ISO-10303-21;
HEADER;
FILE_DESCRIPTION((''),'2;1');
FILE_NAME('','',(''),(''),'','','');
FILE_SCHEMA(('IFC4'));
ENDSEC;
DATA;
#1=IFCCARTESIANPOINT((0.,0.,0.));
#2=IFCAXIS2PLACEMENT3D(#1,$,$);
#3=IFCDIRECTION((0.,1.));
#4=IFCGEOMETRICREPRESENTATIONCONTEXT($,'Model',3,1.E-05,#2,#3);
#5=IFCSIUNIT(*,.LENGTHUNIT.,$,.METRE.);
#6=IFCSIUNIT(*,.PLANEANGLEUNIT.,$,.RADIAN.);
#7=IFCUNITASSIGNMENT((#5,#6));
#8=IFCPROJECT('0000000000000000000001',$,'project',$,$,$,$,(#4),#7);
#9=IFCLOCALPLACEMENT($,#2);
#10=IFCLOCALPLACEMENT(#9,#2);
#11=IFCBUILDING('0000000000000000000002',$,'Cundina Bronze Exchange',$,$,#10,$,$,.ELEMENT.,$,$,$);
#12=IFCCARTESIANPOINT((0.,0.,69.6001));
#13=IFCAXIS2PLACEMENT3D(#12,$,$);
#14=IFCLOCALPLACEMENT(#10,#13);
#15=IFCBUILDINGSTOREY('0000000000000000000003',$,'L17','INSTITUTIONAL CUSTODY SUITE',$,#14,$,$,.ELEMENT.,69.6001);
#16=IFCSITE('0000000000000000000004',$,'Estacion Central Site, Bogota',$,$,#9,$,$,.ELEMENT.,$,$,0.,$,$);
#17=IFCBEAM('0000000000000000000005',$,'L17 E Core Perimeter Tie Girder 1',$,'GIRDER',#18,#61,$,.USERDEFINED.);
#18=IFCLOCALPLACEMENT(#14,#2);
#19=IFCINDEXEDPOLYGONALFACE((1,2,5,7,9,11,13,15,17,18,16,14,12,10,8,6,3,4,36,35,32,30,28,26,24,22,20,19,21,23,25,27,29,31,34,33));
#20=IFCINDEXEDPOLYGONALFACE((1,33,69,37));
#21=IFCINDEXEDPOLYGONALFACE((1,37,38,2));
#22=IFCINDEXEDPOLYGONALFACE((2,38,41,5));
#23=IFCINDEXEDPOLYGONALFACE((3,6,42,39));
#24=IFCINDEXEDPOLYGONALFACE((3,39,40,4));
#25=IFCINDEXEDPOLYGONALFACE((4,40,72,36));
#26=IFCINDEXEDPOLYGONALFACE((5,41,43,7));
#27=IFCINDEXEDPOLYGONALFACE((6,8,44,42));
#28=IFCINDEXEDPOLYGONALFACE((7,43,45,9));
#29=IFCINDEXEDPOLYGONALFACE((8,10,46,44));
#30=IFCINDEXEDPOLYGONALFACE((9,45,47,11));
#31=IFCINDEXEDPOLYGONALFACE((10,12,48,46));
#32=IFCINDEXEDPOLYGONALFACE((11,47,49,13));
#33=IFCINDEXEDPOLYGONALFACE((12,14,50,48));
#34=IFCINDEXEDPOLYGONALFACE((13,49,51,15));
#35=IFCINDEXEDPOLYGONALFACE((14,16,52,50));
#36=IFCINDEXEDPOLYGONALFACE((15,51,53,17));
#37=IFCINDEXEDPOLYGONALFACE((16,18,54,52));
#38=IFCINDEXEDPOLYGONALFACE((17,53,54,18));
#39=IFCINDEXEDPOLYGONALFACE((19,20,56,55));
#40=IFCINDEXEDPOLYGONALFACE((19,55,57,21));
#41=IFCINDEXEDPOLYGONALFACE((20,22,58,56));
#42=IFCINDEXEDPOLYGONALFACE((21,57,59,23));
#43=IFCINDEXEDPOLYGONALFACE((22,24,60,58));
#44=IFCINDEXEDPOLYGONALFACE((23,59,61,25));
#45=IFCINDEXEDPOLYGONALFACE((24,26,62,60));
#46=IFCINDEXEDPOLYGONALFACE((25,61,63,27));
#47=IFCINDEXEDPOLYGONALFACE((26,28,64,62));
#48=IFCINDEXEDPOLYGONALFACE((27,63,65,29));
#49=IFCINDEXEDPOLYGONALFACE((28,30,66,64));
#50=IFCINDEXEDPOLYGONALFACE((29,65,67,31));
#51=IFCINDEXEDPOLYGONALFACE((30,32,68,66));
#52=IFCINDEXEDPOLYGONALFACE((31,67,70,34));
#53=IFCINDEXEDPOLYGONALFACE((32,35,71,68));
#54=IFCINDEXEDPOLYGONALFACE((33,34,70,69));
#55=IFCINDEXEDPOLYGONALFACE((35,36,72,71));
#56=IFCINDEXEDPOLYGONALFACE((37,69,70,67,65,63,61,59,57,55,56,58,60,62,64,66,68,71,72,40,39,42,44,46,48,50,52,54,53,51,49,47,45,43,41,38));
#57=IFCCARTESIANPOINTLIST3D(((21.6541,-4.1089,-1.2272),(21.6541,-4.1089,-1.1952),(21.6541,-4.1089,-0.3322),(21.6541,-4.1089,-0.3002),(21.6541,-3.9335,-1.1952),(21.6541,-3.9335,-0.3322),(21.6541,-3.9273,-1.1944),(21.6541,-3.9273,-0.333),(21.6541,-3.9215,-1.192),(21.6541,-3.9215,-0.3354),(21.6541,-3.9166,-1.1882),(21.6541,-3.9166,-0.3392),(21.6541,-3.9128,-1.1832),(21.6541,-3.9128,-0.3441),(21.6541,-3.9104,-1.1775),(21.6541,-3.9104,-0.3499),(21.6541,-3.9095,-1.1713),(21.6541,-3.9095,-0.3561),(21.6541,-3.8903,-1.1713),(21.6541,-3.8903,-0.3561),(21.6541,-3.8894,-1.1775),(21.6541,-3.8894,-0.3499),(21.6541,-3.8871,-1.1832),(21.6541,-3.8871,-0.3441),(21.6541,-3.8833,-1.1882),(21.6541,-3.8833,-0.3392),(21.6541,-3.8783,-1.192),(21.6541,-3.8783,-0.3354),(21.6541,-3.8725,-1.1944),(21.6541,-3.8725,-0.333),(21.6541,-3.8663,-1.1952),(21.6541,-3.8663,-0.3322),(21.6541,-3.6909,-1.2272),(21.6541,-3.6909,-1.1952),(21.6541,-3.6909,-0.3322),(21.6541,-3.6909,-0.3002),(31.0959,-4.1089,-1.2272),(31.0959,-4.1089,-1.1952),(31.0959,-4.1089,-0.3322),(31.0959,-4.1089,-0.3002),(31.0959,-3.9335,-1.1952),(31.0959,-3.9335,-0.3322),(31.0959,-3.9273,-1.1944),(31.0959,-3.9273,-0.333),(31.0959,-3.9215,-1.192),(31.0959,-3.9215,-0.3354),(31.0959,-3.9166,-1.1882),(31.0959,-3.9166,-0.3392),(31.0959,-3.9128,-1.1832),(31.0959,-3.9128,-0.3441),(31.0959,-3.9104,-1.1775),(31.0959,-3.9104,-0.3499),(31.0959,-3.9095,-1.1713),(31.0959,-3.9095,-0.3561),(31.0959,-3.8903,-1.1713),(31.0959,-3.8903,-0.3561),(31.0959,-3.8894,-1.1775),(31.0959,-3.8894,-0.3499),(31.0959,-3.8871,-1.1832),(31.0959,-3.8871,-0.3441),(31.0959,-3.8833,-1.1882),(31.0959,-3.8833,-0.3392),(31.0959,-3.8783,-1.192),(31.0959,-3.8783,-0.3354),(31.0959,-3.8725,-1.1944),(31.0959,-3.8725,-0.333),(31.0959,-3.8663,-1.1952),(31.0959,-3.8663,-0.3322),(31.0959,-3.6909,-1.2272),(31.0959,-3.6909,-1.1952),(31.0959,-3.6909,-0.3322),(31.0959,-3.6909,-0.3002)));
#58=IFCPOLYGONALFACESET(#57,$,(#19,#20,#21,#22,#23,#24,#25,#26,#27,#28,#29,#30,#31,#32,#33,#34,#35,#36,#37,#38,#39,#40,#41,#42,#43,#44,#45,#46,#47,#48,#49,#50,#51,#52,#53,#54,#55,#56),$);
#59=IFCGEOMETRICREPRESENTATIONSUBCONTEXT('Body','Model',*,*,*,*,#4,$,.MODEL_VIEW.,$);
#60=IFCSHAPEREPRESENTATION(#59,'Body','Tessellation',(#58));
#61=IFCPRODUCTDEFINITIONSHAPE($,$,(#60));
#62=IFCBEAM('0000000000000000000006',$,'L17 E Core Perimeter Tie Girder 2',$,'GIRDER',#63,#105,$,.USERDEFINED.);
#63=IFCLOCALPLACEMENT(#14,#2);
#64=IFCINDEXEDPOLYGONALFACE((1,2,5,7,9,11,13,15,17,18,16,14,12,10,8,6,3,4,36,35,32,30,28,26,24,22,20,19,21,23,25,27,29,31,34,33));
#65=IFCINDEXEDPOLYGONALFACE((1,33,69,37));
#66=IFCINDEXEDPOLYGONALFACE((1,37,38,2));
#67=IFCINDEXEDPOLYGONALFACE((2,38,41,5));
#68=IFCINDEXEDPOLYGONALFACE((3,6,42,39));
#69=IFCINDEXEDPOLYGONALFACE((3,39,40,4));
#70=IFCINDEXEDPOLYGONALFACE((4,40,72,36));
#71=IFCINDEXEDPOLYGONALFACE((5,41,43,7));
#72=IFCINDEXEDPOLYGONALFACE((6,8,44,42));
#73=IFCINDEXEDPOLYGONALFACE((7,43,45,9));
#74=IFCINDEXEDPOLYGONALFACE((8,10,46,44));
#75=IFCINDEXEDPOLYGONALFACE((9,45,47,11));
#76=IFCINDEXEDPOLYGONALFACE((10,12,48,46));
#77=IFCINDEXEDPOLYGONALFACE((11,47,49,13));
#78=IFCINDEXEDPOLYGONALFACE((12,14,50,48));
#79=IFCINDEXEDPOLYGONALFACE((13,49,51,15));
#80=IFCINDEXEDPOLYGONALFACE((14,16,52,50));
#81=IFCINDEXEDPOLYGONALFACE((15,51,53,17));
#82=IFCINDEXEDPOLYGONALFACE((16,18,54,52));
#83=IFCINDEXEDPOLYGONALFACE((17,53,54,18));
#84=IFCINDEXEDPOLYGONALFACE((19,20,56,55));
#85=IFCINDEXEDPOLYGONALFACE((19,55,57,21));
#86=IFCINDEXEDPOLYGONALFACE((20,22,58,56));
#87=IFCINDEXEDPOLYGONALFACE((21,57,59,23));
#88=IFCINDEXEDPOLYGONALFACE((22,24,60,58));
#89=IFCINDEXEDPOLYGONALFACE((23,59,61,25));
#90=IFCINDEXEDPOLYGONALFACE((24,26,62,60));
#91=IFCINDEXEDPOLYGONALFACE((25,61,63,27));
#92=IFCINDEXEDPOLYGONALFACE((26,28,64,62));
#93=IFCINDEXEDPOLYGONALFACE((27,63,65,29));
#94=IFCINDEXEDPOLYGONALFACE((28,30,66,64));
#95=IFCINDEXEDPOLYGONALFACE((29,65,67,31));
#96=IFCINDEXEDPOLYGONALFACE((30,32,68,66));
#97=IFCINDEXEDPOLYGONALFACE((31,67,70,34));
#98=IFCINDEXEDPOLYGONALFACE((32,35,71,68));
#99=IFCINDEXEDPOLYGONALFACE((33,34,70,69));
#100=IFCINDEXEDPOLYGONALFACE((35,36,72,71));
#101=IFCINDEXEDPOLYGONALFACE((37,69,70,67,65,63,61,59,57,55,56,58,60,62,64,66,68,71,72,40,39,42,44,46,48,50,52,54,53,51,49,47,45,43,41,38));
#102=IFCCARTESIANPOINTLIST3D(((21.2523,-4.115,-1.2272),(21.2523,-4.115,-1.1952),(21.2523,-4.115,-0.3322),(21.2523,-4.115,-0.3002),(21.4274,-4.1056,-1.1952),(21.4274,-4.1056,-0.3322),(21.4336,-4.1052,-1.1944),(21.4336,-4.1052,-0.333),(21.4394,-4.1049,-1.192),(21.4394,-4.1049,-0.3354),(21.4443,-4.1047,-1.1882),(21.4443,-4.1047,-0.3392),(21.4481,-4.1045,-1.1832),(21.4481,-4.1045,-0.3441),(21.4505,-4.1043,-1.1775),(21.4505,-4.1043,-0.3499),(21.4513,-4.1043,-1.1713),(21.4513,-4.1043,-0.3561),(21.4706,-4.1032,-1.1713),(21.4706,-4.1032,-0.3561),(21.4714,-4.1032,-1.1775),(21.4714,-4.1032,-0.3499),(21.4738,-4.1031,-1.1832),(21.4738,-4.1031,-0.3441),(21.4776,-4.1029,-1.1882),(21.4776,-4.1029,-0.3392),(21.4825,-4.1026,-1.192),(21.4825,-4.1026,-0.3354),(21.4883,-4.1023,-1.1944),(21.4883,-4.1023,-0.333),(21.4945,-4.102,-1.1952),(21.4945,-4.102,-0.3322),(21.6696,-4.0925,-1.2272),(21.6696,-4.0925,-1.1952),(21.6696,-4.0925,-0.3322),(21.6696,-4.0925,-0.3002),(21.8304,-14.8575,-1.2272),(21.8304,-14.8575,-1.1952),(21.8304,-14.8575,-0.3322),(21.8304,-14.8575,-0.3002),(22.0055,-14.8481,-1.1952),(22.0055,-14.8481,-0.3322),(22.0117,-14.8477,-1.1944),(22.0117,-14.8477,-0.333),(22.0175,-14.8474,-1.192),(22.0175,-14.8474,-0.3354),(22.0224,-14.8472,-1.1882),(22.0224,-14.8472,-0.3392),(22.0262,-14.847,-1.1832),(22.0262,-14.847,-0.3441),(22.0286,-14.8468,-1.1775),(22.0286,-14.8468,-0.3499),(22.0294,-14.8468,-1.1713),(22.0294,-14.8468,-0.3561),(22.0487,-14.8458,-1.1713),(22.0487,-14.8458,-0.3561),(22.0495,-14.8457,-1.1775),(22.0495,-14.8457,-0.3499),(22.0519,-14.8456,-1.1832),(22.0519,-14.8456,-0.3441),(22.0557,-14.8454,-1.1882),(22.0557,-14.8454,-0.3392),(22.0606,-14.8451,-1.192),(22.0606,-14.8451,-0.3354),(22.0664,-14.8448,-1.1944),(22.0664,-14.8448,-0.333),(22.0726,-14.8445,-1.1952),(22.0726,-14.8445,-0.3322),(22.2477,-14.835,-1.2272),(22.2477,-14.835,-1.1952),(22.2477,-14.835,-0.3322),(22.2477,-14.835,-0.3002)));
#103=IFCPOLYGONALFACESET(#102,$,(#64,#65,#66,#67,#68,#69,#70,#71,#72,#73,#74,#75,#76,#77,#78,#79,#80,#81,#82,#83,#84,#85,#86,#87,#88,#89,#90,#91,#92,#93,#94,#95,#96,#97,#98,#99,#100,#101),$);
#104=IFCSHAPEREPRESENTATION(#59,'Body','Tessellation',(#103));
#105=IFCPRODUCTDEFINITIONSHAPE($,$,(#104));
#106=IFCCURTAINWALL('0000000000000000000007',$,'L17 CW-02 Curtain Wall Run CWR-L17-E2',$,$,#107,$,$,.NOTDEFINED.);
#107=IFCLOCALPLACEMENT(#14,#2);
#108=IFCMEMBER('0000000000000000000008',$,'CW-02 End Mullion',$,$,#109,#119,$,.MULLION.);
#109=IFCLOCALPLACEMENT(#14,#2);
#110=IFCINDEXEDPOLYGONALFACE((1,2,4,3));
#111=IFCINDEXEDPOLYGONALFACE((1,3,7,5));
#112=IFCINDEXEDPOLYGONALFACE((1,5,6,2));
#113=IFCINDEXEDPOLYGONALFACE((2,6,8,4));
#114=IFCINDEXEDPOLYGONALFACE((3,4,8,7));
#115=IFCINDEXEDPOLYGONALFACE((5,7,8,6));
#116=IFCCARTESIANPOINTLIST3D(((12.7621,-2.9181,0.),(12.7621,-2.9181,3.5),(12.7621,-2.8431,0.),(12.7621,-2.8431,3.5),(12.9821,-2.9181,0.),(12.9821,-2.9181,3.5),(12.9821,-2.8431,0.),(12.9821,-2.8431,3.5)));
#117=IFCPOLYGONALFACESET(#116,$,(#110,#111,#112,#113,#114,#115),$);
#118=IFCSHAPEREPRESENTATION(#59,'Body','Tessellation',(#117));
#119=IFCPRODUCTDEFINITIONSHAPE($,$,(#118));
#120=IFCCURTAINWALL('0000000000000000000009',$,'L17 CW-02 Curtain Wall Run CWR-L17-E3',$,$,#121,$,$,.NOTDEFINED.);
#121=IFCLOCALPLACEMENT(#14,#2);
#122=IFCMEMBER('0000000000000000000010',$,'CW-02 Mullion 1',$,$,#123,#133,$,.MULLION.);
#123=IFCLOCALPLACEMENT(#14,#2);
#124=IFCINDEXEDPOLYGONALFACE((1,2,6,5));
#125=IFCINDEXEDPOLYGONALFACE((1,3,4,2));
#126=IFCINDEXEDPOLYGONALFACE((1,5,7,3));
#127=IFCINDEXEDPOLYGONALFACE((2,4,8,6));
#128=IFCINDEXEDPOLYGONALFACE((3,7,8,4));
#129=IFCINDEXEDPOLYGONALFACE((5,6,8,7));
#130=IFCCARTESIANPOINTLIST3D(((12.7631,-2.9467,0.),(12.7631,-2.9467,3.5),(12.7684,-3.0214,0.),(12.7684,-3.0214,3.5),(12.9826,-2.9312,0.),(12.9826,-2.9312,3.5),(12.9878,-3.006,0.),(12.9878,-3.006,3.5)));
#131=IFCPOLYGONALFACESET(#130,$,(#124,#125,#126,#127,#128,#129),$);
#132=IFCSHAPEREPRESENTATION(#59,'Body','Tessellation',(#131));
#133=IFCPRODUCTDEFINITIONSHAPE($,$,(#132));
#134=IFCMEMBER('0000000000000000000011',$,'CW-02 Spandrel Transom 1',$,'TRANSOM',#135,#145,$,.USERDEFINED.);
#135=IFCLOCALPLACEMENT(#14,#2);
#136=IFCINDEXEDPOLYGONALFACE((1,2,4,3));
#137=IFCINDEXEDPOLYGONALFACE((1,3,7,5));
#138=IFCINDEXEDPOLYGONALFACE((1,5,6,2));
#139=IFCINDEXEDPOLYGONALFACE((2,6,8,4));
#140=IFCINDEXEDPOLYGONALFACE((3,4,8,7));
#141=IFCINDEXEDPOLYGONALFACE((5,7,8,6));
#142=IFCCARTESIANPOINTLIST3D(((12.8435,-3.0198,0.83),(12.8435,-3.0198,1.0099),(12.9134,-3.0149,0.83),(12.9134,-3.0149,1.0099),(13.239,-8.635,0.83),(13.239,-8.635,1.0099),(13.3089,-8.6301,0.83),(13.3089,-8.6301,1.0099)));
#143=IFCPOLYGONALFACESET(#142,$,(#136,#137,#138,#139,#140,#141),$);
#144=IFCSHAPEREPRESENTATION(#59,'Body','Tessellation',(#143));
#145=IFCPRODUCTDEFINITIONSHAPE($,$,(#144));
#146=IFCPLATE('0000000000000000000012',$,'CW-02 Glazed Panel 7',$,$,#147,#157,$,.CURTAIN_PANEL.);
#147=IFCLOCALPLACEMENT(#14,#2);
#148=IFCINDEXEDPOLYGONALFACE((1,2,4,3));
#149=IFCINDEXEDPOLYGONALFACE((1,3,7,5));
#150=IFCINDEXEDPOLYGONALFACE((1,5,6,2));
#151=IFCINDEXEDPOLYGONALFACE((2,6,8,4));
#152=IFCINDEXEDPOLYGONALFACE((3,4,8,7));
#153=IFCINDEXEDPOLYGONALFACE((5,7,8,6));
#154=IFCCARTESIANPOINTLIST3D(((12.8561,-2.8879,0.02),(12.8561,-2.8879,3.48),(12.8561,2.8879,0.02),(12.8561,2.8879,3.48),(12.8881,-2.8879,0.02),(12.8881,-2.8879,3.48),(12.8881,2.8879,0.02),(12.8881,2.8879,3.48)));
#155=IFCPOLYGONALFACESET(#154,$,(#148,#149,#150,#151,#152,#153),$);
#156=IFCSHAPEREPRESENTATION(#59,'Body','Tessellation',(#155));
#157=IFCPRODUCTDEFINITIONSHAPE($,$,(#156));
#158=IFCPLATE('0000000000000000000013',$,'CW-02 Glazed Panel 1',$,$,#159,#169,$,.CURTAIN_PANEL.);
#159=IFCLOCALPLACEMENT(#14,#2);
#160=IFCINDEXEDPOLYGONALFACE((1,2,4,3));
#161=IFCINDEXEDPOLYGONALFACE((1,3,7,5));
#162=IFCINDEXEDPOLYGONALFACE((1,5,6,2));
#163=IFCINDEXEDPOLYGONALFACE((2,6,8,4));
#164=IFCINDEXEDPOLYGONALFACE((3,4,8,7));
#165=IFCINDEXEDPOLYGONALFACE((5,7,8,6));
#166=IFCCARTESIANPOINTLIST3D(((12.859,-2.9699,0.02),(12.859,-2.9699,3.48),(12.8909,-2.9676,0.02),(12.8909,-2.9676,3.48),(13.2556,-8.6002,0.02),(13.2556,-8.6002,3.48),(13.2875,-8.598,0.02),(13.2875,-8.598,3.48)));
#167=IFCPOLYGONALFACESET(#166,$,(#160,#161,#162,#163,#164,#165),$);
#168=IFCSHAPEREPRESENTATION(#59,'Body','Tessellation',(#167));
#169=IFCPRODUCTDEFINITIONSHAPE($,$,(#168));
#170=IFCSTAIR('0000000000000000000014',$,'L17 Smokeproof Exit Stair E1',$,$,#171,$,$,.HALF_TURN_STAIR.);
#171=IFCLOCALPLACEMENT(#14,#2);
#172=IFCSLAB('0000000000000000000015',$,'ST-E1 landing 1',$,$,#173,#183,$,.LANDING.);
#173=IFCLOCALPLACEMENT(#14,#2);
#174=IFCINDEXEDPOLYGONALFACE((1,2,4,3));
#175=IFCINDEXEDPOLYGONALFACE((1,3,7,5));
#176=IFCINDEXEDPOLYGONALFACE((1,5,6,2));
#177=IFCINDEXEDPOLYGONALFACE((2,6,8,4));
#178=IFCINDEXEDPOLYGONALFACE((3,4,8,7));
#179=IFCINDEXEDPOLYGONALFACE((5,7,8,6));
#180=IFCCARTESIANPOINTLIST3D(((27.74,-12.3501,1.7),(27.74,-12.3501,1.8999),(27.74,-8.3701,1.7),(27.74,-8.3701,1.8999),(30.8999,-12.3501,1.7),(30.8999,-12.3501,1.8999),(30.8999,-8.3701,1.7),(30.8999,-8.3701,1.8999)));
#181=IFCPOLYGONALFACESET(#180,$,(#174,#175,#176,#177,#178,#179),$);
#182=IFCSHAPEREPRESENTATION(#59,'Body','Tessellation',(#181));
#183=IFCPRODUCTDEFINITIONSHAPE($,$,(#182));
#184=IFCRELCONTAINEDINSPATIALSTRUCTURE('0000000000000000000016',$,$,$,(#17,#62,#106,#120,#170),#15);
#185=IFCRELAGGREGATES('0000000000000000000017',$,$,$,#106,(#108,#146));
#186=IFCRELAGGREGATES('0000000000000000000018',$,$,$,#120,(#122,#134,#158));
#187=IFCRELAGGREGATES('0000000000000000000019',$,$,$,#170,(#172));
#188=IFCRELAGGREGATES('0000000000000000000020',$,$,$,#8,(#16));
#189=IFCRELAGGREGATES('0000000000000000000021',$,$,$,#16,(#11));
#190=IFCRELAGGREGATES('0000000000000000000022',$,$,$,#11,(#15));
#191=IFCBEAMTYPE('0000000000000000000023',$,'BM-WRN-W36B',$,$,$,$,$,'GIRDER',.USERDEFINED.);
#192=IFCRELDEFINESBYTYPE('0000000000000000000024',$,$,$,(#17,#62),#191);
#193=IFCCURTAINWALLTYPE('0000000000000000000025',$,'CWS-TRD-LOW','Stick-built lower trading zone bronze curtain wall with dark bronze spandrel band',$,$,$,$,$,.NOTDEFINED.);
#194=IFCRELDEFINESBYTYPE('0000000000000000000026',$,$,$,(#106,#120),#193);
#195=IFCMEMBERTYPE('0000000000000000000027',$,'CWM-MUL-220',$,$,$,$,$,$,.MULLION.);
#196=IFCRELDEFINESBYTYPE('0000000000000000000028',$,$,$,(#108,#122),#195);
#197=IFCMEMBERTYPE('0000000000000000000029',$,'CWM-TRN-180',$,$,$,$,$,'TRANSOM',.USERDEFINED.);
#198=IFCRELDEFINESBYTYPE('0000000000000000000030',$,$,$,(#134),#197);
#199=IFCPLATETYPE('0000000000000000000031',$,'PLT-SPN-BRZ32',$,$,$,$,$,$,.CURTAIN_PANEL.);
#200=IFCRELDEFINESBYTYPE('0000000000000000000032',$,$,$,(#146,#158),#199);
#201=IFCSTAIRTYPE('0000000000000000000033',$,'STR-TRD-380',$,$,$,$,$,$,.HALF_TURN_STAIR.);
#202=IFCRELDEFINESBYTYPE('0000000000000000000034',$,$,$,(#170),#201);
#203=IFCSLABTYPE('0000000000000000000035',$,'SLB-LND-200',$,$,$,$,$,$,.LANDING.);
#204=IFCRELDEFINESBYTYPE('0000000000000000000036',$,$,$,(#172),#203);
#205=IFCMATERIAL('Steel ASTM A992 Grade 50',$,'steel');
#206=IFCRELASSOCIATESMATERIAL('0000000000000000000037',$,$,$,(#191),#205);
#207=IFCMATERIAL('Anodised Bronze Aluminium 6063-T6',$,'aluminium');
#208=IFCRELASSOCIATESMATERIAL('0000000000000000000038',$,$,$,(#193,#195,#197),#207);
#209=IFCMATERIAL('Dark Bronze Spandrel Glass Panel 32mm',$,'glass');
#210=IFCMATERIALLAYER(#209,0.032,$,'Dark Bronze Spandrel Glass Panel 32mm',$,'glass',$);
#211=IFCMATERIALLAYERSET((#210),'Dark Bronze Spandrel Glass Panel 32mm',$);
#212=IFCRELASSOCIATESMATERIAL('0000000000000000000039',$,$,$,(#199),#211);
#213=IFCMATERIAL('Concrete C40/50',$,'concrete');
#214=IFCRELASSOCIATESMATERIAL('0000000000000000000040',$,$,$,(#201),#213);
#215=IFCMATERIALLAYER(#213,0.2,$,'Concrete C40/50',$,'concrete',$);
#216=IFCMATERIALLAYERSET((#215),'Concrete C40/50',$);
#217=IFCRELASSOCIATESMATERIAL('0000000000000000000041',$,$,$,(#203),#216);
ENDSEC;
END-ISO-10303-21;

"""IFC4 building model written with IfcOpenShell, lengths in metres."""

from ifc_helpers import new_model, si_unit, direction, frame, origin, origin_2d, place, context, subcontext, project, spatial, polyline, rectangle, i_section, outline, extrude, material, layer, layer_set, material_profile, profile_set, type_object, element, aggregate, save


model = new_model("IFC4")

# Units and contexts
model_context = context("Model", 3, precision=1e-05, world=origin(), true_north=direction((0.0, 1.0)))
body_context = subcontext(model_context, "Body", "Model", "MODEL_VIEW")
ifc_project = project(units=[si_unit("LENGTHUNIT", "METRE"), si_unit("PLANEANGLEUNIT", "RADIAN")], contexts=[model_context])

# Site, building, storey
site_placement = place(None, origin())
site = spatial("IfcSite", under=ifc_project, at=site_placement, Name="Estacion Central Site, Bogota", CompositionType="ELEMENT", RefElevation=0.0)
building_placement = place(site_placement, origin())
building = spatial("IfcBuilding", under=site, at=building_placement, Name="Cundina Bronze Exchange", CompositionType="ELEMENT")
storey_placement = place(building_placement, frame((0.0, 0.0, 69.6001)))
storey = spatial("IfcBuildingStorey", under=building, at=storey_placement, Name="L17", Description="INSTITUTIONAL CUSTODY SUITE", CompositionType="ELEMENT", Elevation=69.6001)

# Shared definitions
ifc_material_1 = material(Name="Steel ASTM A992 Grade 50", Category="steel")

# Beams
ifc_material_profile_1 = material_profile(ifc_material_1, i_section(OverallWidth=0.418, OverallDepth=0.927, WebThickness=0.0193, FlangeThickness=0.032, FilletRadius=0.0239, at=origin_2d()), Name="W36X231", Category="steel")
ifc_profile_set_1 = profile_set([ifc_material_profile_1], Name="Steel ASTM A992 Grade 50")
beam_type_1 = type_object("IfcBeamType", Name="BM-WRN-W36B", ElementType="GIRDER", PredefinedType="USERDEFINED", material=ifc_profile_set_1)
beam_1_placement = place(storey_placement, frame((31.0959, -3.8999, -0.7637), z_axis=(-1.0, 0.0, 0.0), x_axis=(0.0, -1.0, 0.0)))
element("IfcBeam", 1, at=beam_1_placement, inside=storey, type_object=beam_type_1, Name="L17 E Core Perimeter Tie Girder 1", ObjectType="GIRDER", PredefinedType="USERDEFINED", context=body_context, shape_type="SweptSolid", body=[
    extrude(i_section(OverallWidth=0.418, OverallDepth=0.927, WebThickness=0.0193, FlangeThickness=0.032, FilletRadius=0.0239, at=origin_2d()), origin(), (0.0, 0.0, 1.0), 9.4419),
])
beam_2_placement = place(storey_placement, frame((21.4609, -4.1038, -0.7637), z_axis=(0.053739, -0.998555, 0.0), x_axis=(0.998555, 0.053739, 0.0)))
element("IfcBeam", 2, at=beam_2_placement, inside=storey, type_object=beam_type_1, Name="L17 E Core Perimeter Tie Girder 2", ObjectType="GIRDER", PredefinedType="USERDEFINED", context=body_context, shape_type="SweptSolid", body=[
    extrude(i_section(OverallWidth=0.418, OverallDepth=0.927, WebThickness=0.0193, FlangeThickness=0.032, FilletRadius=0.0239, at=origin_2d()), origin(), (0.0, 0.0, 1.0), 10.7581),
])

# Curtain wall, member
ifc_material_2 = material(Name="Anodised Bronze Aluminium 6063-T6", Category="aluminium")
curtain_wall_type = type_object("IfcCurtainWallType", Name="CWS-TRD-LOW", Description="Stick-built lower trading zone bronze curtain wall with dark bronze spandrel band", PredefinedType="NOTDEFINED", material=ifc_material_2)
curtain_wall_1_placement = place(storey_placement, origin())
curtain_wall_1 = element("IfcCurtainWall", 3, at=curtain_wall_1_placement, inside=storey, type_object=curtain_wall_type, Name="L17 CW-02 Curtain Wall Run CWR-L17-E2", PredefinedType="NOTDEFINED")
ifc_material_profile_2 = material_profile(ifc_material_2, rectangle(XDim=0.075, YDim=0.22, at=origin_2d()), Name="AL75X220", Category="aluminium")
ifc_profile_set_2 = profile_set([ifc_material_profile_2], Name="Anodised Bronze Aluminium 6063-T6")
member_type_1 = type_object("IfcMemberType", Name="CWM-MUL-220", PredefinedType="MULLION", material=ifc_profile_set_2)
member_1_placement = place(storey_placement, frame((12.8721, -2.8806, 0.0), z_axis=(0.0, 0.0, 1.0), x_axis=(0.0, -1.0, 0.0)))
member_1 = element("IfcMember", 4, at=member_1_placement, type_object=member_type_1, Name="CW-02 End Mullion", PredefinedType="MULLION", context=body_context, shape_type="SweptSolid", body=[
    extrude(rectangle(XDim=0.075, YDim=0.22, at=origin_2d()), origin(), (0.0, 0.0, 1.0), 3.5),
])

# Curtain wall, members
curtain_wall_2_placement = place(storey_placement, origin())
curtain_wall_2 = element("IfcCurtainWall", 5, at=curtain_wall_2_placement, inside=storey, type_object=curtain_wall_type, Name="L17 CW-02 Curtain Wall Run CWR-L17-E3", PredefinedType="NOTDEFINED")
member_2_placement = place(storey_placement, frame((12.8755, -2.9763, 0.0), z_axis=(0.0, 0.0, 1.0), x_axis=(0.070279, -0.997527, 0.0)))
member_2 = element("IfcMember", 6, at=member_2_placement, type_object=member_type_1, Name="CW-02 Mullion 1", PredefinedType="MULLION", context=body_context, shape_type="SweptSolid", body=[
    extrude(rectangle(XDim=0.075, YDim=0.22, at=origin_2d()), origin(), (0.0, 0.0, 1.0), 3.5),
])
ifc_material_profile_3 = material_profile(ifc_material_2, rectangle(XDim=0.0701, YDim=0.1799, at=origin_2d()), Name="AL70X180", Category="aluminium")
ifc_profile_set_3 = profile_set([ifc_material_profile_3], Name="Anodised Bronze Aluminium 6063-T6")
member_type_2 = type_object("IfcMemberType", Name="CWM-TRN-180", ElementType="TRANSOM", PredefinedType="USERDEFINED", material=ifc_profile_set_3)
member_3_placement = place(storey_placement, frame((12.8784, -3.0173, 0.9199), z_axis=(0.070261, -0.997529, 0.0), x_axis=(0.997529, 0.070261, 0.0)))
member_3 = element("IfcMember", 7, at=member_3_placement, type_object=member_type_2, Name="CW-02 Spandrel Transom 1", ObjectType="TRANSOM", PredefinedType="USERDEFINED", context=body_context, shape_type="SweptSolid", body=[
    extrude(rectangle(XDim=0.0701, YDim=0.1799, at=origin_2d()), origin(), (0.0, 0.0, 1.0), 5.6292),
])

# Plates
ifc_material_3 = material(Name="Dark Bronze Spandrel Glass Panel 32mm", Category="glass")
ifc_layer_1 = layer(ifc_material_3, 0.032, Name="Dark Bronze Spandrel Glass Panel 32mm", Category="glass")
ifc_layer_set_1 = layer_set([ifc_layer_1], Name="Dark Bronze Spandrel Glass Panel 32mm")
plate_type = type_object("IfcPlateType", Name="PLT-SPN-BRZ32", PredefinedType="CURTAIN_PANEL", material=ifc_layer_set_1)
plate_1_placement = place(storey_placement, frame((12.8721, 0.0, 0.02), z_axis=(0.0, 0.0, 1.0), x_axis=(0.0, -1.0, 0.0)))
plate_1 = element("IfcPlate", 8, at=plate_1_placement, type_object=plate_type, Name="CW-02 Glazed Panel 7", PredefinedType="CURTAIN_PANEL", context=body_context, shape_type="SweptSolid", body=[
    extrude(rectangle(XDim=5.7759, YDim=0.032, at=origin_2d()), origin(), (0.0, 0.0, 1.0), 3.46),
])
aggregate(curtain_wall_1, [member_1, plate_1])
plate_2_placement = place(storey_placement, frame((13.0732, -5.7839, 0.02), z_axis=(0.0, 0.0, 1.0), x_axis=(0.070279, -0.997527, 0.0)))
plate_2 = element("IfcPlate", 9, at=plate_2_placement, type_object=plate_type, Name="CW-02 Glazed Panel 1", PredefinedType="CURTAIN_PANEL", context=body_context, shape_type="SweptSolid", body=[
    extrude(rectangle(XDim=5.6443, YDim=0.032, at=origin_2d()), origin(), (0.0, 0.0, 1.0), 3.46),
])
aggregate(curtain_wall_2, [member_2, member_3, plate_2])

# Stair, slab
ifc_material_4 = material(Name="Concrete C40/50", Category="concrete")
stair_type = type_object("IfcStairType", Name="STR-TRD-380", PredefinedType="HALF_TURN_STAIR", material=ifc_material_4)
stair_1_placement = place(storey_placement, origin())
stair_1 = element("IfcStair", 10, at=stair_1_placement, inside=storey, type_object=stair_type, Name="L17 Smokeproof Exit Stair E1", PredefinedType="HALF_TURN_STAIR")
ifc_layer_2 = layer(ifc_material_4, 0.2, Name="Concrete C40/50", Category="concrete")
ifc_layer_set_2 = layer_set([ifc_layer_2], Name="Concrete C40/50")
slab_type = type_object("IfcSlabType", Name="SLB-LND-200", PredefinedType="LANDING", material=ifc_layer_set_2)
slab_1_placement = place(storey_placement, frame((0.0, 0.0, 1.7)))
slab_1 = element("IfcSlab", 11, at=slab_1_placement, type_object=slab_type, Name="ST-E1 landing 1", PredefinedType="LANDING", context=body_context, shape_type="SweptSolid", body=[
    extrude(outline(polyline([(27.74, -8.3701), (27.74, -12.3501), (30.8999, -12.3501), (30.8999, -8.3701), (27.74, -8.3701)])), origin(), (0.0, 0.0, 1.0), 0.2),
])
aggregate(stair_1, [slab_1])

save(model, "model.ifc")
